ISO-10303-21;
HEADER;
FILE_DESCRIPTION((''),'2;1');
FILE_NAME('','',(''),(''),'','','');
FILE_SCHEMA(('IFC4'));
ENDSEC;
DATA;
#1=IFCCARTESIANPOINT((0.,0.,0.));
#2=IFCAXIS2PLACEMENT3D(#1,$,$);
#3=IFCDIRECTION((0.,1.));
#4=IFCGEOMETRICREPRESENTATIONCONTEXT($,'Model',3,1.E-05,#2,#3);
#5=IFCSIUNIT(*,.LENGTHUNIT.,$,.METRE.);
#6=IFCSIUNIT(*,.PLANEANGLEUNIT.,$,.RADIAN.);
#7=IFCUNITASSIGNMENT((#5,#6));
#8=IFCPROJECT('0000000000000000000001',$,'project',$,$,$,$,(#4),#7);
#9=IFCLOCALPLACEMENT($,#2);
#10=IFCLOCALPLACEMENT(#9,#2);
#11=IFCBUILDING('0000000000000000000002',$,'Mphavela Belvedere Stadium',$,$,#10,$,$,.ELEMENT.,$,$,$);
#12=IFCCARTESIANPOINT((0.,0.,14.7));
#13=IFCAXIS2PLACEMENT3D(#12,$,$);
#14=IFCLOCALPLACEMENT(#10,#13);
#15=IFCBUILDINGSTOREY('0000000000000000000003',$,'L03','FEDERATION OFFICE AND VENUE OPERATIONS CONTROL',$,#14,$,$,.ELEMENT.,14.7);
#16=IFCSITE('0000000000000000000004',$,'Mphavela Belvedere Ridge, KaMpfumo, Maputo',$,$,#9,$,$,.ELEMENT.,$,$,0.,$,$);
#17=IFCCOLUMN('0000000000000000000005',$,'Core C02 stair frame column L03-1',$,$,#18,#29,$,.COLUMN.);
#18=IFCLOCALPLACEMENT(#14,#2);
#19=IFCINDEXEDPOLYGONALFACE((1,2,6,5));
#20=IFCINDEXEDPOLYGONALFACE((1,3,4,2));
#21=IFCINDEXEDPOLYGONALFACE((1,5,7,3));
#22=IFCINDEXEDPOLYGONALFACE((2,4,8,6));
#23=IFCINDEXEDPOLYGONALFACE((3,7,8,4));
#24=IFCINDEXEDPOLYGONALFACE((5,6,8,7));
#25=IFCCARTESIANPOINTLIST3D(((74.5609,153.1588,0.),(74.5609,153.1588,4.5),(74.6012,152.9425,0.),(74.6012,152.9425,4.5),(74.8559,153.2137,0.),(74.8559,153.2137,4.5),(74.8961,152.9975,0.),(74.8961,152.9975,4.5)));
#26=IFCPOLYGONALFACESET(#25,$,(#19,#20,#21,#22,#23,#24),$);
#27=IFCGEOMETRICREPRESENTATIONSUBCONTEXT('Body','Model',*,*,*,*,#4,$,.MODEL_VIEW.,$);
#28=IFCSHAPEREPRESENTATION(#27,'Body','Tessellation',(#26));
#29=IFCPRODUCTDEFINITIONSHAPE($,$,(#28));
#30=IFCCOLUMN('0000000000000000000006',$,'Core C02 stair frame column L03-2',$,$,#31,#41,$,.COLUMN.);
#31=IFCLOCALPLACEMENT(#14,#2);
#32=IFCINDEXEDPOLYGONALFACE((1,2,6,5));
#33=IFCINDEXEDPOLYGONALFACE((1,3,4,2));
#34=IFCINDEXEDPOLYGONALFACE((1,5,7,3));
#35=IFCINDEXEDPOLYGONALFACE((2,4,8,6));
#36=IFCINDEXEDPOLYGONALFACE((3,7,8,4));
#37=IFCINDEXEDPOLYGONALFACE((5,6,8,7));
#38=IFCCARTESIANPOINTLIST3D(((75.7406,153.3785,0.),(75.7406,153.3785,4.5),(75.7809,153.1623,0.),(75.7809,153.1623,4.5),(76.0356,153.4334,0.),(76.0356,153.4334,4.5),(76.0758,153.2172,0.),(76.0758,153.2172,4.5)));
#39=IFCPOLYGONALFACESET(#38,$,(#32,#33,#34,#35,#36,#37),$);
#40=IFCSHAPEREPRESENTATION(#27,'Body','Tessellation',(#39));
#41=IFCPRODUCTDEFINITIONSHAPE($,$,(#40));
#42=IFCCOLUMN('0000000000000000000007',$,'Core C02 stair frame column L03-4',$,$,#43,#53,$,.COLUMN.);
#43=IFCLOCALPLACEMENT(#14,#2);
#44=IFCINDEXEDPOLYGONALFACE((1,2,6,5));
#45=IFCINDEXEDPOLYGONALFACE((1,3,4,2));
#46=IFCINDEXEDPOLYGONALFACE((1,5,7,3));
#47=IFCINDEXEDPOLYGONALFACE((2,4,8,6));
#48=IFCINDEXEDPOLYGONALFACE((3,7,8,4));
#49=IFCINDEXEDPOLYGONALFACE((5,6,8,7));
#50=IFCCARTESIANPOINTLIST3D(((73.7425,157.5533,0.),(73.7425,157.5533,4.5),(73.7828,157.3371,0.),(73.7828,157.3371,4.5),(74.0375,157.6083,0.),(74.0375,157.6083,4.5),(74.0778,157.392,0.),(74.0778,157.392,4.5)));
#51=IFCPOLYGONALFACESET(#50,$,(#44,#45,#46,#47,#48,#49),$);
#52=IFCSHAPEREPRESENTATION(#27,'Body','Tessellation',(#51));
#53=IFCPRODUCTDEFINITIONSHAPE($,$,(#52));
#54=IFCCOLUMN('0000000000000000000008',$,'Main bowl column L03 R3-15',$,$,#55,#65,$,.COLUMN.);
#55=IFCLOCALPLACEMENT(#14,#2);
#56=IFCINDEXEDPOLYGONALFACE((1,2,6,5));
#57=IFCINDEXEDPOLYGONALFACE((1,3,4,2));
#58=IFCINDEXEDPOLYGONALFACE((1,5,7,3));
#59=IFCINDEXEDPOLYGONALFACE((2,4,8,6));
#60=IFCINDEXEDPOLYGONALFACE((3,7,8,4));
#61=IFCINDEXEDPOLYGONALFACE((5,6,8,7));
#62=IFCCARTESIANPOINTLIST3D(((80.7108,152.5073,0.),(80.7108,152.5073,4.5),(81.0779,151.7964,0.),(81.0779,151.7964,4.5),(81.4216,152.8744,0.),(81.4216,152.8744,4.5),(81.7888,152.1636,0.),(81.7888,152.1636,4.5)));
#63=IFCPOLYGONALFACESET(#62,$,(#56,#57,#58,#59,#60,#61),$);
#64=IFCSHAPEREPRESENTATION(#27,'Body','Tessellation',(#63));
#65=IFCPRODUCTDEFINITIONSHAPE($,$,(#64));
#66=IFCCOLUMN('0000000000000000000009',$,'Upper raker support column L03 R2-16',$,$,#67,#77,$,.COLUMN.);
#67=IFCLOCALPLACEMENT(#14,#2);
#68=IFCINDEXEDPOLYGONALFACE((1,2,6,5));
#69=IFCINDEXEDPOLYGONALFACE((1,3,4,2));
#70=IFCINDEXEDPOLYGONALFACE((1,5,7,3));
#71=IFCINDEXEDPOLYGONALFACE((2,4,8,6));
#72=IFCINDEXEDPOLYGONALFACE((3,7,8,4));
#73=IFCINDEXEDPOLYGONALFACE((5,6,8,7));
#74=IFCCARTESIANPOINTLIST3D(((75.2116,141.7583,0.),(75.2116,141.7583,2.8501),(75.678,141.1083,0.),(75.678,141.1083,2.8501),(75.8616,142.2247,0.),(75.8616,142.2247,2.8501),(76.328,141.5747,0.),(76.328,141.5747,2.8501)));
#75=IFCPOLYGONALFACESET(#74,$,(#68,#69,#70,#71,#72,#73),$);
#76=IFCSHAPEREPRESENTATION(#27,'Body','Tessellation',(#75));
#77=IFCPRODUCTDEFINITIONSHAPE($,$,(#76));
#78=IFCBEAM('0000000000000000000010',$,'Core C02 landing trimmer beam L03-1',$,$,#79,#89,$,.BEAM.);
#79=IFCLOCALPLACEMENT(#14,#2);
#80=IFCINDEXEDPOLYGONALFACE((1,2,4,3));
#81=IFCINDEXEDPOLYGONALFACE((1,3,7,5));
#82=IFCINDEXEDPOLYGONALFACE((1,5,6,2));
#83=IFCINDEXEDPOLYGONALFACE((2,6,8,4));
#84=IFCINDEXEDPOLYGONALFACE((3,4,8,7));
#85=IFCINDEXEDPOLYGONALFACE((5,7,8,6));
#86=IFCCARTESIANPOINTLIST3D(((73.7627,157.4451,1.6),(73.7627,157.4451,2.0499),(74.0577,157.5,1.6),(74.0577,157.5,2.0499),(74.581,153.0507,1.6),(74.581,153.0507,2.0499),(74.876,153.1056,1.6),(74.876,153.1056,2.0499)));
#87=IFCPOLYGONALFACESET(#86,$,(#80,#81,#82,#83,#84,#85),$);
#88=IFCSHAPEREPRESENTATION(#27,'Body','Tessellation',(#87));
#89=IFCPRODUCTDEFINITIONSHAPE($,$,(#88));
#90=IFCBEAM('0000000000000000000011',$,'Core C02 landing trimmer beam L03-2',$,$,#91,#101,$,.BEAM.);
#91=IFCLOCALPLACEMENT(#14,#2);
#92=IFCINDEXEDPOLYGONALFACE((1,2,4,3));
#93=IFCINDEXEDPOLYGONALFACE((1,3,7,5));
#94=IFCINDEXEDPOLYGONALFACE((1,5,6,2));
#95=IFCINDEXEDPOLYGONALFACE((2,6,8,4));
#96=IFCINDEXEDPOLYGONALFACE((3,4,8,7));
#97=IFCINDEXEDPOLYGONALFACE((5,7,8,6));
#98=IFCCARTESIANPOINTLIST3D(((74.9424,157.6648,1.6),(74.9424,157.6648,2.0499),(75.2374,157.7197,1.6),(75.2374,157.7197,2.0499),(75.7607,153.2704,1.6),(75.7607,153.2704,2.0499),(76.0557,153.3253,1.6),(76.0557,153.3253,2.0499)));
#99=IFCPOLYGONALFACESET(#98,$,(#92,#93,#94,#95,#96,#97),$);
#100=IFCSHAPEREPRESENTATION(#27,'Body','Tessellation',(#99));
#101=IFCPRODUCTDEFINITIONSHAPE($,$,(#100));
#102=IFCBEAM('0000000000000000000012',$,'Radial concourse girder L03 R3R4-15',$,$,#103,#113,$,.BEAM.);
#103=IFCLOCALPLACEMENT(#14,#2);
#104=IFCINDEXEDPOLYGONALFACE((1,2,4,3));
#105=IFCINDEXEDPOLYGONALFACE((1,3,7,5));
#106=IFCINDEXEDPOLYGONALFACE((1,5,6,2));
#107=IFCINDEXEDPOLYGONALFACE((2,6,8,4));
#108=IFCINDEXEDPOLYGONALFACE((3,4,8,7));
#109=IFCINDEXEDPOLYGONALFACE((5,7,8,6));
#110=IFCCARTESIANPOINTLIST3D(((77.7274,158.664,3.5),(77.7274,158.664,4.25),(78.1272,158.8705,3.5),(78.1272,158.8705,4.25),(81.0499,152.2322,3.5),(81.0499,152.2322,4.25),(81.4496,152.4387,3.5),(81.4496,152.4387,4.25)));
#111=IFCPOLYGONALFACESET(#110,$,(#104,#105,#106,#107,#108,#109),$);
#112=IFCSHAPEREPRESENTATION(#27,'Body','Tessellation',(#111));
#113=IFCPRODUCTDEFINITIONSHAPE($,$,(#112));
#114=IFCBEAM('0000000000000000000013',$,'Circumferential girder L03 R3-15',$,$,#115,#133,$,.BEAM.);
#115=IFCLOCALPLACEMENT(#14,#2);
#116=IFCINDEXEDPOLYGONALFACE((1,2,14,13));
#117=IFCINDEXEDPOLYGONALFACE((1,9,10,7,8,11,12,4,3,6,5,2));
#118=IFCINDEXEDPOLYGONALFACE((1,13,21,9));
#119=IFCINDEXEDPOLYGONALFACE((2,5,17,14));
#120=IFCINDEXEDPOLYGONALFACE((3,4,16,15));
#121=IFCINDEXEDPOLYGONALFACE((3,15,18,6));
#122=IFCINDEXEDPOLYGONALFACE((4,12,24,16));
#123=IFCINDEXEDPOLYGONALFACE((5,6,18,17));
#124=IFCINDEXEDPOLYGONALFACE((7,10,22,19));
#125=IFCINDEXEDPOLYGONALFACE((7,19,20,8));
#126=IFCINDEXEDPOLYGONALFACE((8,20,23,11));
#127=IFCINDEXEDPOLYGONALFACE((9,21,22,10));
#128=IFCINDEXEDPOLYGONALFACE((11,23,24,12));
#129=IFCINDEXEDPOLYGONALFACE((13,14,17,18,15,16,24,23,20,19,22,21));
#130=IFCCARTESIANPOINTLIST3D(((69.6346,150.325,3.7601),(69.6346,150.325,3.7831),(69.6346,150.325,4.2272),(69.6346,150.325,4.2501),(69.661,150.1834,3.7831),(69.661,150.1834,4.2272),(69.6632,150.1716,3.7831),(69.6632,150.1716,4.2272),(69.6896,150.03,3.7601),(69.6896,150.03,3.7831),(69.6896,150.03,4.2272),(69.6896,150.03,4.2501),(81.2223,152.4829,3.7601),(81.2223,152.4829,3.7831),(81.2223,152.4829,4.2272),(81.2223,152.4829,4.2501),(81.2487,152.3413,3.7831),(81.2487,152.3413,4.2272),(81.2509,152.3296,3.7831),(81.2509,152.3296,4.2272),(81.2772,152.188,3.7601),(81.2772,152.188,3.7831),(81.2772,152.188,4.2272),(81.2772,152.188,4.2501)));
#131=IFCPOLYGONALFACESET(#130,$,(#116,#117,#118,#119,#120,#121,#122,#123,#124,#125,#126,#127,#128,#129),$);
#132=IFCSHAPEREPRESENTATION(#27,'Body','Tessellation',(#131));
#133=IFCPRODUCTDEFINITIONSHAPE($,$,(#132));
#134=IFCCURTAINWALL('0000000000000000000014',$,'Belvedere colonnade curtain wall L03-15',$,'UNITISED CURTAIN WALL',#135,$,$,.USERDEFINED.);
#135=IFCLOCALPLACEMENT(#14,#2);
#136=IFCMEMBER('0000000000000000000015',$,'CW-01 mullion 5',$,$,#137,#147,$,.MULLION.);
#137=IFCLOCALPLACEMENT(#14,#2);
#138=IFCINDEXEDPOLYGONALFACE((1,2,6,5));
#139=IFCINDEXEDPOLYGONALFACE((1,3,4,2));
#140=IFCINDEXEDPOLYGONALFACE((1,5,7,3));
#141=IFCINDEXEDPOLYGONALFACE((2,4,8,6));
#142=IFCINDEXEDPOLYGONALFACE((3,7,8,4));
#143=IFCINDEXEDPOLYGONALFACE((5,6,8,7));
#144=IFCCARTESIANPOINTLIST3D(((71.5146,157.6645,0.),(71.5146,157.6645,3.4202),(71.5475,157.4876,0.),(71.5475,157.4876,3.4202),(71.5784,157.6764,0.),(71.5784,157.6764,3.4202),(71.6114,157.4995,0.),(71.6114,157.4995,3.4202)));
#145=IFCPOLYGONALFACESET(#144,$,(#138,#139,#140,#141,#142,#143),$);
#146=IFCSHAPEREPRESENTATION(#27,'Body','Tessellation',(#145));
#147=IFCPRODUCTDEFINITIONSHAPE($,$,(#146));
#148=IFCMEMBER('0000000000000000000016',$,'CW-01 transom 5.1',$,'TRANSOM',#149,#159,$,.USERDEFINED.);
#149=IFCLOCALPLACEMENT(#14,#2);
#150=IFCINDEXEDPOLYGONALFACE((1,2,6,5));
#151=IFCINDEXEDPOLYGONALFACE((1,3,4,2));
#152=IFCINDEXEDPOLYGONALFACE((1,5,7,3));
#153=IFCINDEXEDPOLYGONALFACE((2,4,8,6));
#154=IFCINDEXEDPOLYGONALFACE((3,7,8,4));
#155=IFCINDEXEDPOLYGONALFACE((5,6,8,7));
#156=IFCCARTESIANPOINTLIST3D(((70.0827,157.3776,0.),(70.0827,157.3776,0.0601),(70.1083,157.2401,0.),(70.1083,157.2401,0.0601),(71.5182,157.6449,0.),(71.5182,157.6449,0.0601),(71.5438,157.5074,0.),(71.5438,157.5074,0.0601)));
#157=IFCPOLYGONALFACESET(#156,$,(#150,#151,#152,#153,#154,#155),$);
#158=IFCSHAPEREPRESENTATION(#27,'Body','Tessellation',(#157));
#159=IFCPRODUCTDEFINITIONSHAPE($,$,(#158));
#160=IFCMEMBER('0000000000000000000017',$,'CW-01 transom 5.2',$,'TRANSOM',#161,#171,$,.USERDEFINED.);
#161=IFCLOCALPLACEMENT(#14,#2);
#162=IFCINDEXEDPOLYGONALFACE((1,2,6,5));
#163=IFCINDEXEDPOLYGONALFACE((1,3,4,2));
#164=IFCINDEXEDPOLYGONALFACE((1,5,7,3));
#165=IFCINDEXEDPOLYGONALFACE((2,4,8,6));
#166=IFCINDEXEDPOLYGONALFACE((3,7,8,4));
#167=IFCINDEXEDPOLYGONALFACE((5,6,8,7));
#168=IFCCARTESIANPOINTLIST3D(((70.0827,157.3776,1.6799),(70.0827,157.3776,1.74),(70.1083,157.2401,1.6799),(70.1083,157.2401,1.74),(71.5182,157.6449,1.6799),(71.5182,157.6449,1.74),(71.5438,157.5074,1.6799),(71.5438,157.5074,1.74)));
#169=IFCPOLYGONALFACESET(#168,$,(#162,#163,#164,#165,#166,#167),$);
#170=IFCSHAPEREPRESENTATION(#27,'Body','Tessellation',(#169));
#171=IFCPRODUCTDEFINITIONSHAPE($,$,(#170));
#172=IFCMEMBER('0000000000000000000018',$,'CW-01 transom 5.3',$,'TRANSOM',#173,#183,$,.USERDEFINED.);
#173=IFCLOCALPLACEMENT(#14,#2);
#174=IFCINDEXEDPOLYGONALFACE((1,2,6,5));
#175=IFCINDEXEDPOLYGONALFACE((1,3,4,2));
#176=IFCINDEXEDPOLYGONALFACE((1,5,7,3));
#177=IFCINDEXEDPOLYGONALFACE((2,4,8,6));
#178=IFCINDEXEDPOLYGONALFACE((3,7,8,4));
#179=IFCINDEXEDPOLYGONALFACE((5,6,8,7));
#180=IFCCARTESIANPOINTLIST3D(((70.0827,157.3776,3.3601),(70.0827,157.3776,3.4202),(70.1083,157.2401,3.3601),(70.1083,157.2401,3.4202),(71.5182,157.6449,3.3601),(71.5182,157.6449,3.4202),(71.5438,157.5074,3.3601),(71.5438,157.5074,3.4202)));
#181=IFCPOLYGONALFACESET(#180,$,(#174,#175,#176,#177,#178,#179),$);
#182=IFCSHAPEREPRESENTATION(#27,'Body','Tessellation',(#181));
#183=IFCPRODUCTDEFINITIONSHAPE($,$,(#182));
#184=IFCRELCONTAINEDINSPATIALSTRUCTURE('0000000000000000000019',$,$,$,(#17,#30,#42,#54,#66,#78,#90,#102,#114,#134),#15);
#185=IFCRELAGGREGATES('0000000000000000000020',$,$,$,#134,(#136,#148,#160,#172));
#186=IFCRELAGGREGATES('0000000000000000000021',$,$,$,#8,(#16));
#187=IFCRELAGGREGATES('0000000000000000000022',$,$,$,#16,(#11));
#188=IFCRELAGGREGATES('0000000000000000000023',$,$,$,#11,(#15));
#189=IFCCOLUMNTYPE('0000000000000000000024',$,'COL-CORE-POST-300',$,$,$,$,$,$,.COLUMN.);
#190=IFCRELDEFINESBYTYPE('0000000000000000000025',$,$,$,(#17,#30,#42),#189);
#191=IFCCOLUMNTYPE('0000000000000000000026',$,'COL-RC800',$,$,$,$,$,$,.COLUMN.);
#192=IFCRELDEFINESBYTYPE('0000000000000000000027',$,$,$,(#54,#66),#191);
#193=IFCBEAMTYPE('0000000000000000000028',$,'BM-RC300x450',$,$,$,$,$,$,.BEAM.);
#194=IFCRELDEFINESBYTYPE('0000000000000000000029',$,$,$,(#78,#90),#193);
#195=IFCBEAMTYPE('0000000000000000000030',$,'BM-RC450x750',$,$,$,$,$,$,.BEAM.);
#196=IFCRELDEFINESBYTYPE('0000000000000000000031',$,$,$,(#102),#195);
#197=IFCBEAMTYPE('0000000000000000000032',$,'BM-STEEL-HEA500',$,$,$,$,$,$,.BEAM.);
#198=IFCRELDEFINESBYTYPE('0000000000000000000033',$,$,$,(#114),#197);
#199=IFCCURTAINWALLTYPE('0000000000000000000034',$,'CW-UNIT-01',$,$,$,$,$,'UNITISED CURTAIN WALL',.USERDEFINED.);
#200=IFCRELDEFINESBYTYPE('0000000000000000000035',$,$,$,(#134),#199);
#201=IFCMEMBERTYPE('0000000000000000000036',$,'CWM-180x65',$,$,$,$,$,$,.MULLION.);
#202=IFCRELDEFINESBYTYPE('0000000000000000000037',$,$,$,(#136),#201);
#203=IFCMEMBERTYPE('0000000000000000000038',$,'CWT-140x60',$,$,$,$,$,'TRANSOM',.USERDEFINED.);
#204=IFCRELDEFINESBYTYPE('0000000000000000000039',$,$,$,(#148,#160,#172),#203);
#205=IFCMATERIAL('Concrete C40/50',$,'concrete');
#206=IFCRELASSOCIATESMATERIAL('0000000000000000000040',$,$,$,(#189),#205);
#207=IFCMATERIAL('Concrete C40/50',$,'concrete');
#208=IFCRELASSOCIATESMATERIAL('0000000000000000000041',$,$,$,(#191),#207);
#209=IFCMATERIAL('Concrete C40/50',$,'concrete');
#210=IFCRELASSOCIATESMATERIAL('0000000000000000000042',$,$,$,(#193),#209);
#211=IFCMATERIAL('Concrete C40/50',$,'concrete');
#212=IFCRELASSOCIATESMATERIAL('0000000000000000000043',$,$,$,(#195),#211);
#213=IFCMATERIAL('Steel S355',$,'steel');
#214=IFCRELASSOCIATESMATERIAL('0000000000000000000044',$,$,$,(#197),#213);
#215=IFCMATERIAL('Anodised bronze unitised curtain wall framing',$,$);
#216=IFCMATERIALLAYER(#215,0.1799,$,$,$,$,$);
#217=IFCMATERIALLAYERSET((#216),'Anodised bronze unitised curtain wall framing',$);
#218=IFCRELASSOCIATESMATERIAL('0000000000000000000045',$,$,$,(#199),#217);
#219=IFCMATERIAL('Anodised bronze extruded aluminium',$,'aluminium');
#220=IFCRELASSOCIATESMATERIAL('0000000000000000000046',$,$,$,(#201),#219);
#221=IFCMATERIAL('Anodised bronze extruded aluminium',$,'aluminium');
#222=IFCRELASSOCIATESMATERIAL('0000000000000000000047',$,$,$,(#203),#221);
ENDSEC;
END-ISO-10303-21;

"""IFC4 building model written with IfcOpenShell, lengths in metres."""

from ifc_helpers import new_model, si_unit, direction, frame, origin, origin_2d, place, context, subcontext, project, spatial, rectangle, i_section, extrude, material, layer, layer_set, material_profile, profile_set, type_object, element, aggregate, save


model = new_model("IFC4")

# Units and contexts
model_context = context("Model", 3, precision=1e-05, world=origin(), true_north=direction((0.0, 1.0)))
body_context = subcontext(model_context, "Body", "Model", "MODEL_VIEW")
ifc_project = project(units=[si_unit("LENGTHUNIT", "METRE"), si_unit("PLANEANGLEUNIT", "RADIAN")], contexts=[model_context])

# Site, building, storey
site_placement = place(None, origin())
site = spatial("IfcSite", under=ifc_project, at=site_placement, Name="Mphavela Belvedere Ridge, KaMpfumo, Maputo", CompositionType="ELEMENT", RefElevation=0.0)
building_placement = place(site_placement, origin())
building = spatial("IfcBuilding", under=site, at=building_placement, Name="Mphavela Belvedere Stadium", CompositionType="ELEMENT")
storey_placement = place(building_placement, frame((0.0, 0.0, 14.7)))
storey = spatial("IfcBuildingStorey", under=building, at=storey_placement, Name="L03", Description="FEDERATION OFFICE AND VENUE OPERATIONS CONTROL", CompositionType="ELEMENT", Elevation=14.7)

# Columns
ifc_material_1 = material(Name="Concrete C40/50", Category="concrete")
ifc_material_profile_1 = material_profile(ifc_material_1, rectangle(XDim=0.3, YDim=0.22, at=origin_2d()), Name="RC 300x220")
ifc_profile_set_1 = profile_set([ifc_material_profile_1], Name="Concrete C40/50")
column_type_1 = type_object("IfcColumnType", Name="COL-CORE-POST-300", PredefinedType="COLUMN", material=ifc_profile_set_1)
for number, where, z_axis, x_axis, name in (
    (1, (74.7285, 153.0781, 0.0), (0.0, 0.0, 1.0), (0.983096, 0.183094, 0.0), "Core C02 stair frame column L03-1"),
    (2, (75.9082, 153.2979, 0.0), (0.0, 0.0, 1.0), (0.983096, 0.183094, 0.0), "Core C02 stair frame column L03-2"),
    (3, (73.9102, 157.4727, 0.0), (0.0, 0.0, 1.0), (0.983096, 0.183094, 0.0), "Core C02 stair frame column L03-4"),
):
    element("IfcColumn", number, at=place(storey_placement, frame(where, z_axis=z_axis, x_axis=x_axis)), inside=storey, type_object=column_type_1, Name=name, PredefinedType="COLUMN", context=body_context, shape_type="SweptSolid", body=[
        extrude(rectangle(XDim=0.3, YDim=0.22, at=origin_2d()), origin(), (0.0, 0.0, 1.0), 4.5),
    ])
ifc_material_2 = material(Name="Concrete C40/50", Category="concrete")
ifc_material_profile_2 = material_profile(ifc_material_2, rectangle(XDim=0.8, YDim=0.8, at=origin_2d()), Name="RC 800x800")
ifc_profile_set_2 = profile_set([ifc_material_profile_2], Name="Concrete C40/50")
column_type_2 = type_object("IfcColumnType", Name="COL-RC800", PredefinedType="COLUMN", material=ifc_profile_set_2)
column_1_placement = place(storey_placement, frame((81.2498, 152.3354, 0.0), z_axis=(0.0, 0.0, 1.0), x_axis=(-0.45896, 0.888457, 0.0)))
element("IfcColumn", 4, at=column_1_placement, inside=storey, type_object=column_type_2, Name="Main bowl column L03 R3-15", PredefinedType="COLUMN", context=body_context, shape_type="SweptSolid", body=[
    extrude(rectangle(XDim=0.8, YDim=0.8, at=origin_2d()), origin(), (0.0, 0.0, 1.0), 4.5),
])
column_2_placement = place(storey_placement, frame((75.7698, 141.6665, 0.0), z_axis=(0.0, 0.0, 1.0), x_axis=(-0.582974, 0.812491, 0.0)))
element("IfcColumn", 5, at=column_2_placement, inside=storey, type_object=column_type_2, Name="Upper raker support column L03 R2-16", PredefinedType="COLUMN", context=body_context, shape_type="SweptSolid", body=[
    extrude(rectangle(XDim=0.8, YDim=0.8, at=origin_2d()), origin(), (0.0, 0.0, 1.0), 2.8501),
])

# Beams
ifc_material_3 = material(Name="Concrete C40/50", Category="concrete")
ifc_material_profile_3 = material_profile(ifc_material_3, rectangle(XDim=0.3, YDim=0.45, at=origin_2d()), Name="RC 300x450")
ifc_profile_set_3 = profile_set([ifc_material_profile_3], Name="Concrete C40/50")
beam_type_1 = type_object("IfcBeamType", Name="BM-RC300x450", PredefinedType="BEAM", material=ifc_profile_set_3)
for number, where, z_axis, x_axis, name in (
    (6, (74.7285, 153.0781, 1.825), (-0.183075, 0.983099, 0.0), (-0.983099, -0.183075, 0.0), "Core C02 landing trimmer beam L03-1"),
    (7, (75.9082, 153.2979, 1.825), (-0.183075, 0.983099, 0.0), (-0.983099, -0.183075, 0.0), "Core C02 landing trimmer beam L03-2"),
):
    element("IfcBeam", number, at=place(storey_placement, frame(where, z_axis=z_axis, x_axis=x_axis)), inside=storey, type_object=beam_type_1, Name=name, PredefinedType="BEAM", context=body_context, shape_type="SweptSolid", body=[
        extrude(rectangle(XDim=0.3, YDim=0.45, at=origin_2d()), origin(), (0.0, 0.0, 1.0), 4.47),
    ])
ifc_material_4 = material(Name="Concrete C40/50", Category="concrete")
ifc_material_profile_4 = material_profile(ifc_material_4, rectangle(XDim=0.45, YDim=0.75, at=origin_2d()), Name="RC 450x750")
ifc_profile_set_4 = profile_set([ifc_material_profile_4], Name="Concrete C40/50")
beam_type_2 = type_object("IfcBeamType", Name="BM-RC450x750", PredefinedType="BEAM", material=ifc_profile_set_4)
beam_1_placement = place(storey_placement, frame((81.2498, 152.3354, 3.875), z_axis=(-0.458951, 0.888461, 0.0), x_axis=(-0.888461, -0.458951, 0.0)))
element("IfcBeam", 8, at=beam_1_placement, inside=storey, type_object=beam_type_2, Name="Radial concourse girder L03 R3R4-15", PredefinedType="BEAM", context=body_context, shape_type="SweptSolid", body=[
    extrude(rectangle(XDim=0.45, YDim=0.75, at=origin_2d()), origin(), (0.0, 0.0, 1.0), 7.2393),
])
ifc_material_5 = material(Name="Steel S355", Category="steel")
ifc_material_profile_5 = material_profile(ifc_material_5, i_section(OverallWidth=0.3, OverallDepth=0.49, WebThickness=0.012, FlangeThickness=0.0229, at=origin_2d()), Name="HEA 500")
ifc_profile_set_5 = profile_set([ifc_material_profile_5], Name="Steel S355")
beam_type_3 = type_object("IfcBeamType", Name="BM-STEEL-HEA500", PredefinedType="BEAM", material=ifc_profile_set_5)
beam_2_placement = place(storey_placement, frame((81.2498, 152.3354, 4.0051), z_axis=(-0.983098, -0.183082, 0.0), x_axis=(0.183082, -0.983098, 0.0)))
element("IfcBeam", 9, at=beam_2_placement, inside=storey, type_object=beam_type_3, Name="Circumferential girder L03 R3-15", PredefinedType="BEAM", context=body_context, shape_type="SweptSolid", body=[
    extrude(i_section(OverallWidth=0.3, OverallDepth=0.49, WebThickness=0.012, FlangeThickness=0.0229, at=origin_2d()), origin(), (0.0, 0.0, 1.0), 11.7869),
])

# Curtain wall, members
ifc_material_6 = material(Name="Anodised bronze unitised curtain wall framing")
ifc_layer_1 = layer(ifc_material_6, 0.1799)
ifc_layer_set_1 = layer_set([ifc_layer_1], Name="Anodised bronze unitised curtain wall framing")
curtain_wall_type = type_object("IfcCurtainWallType", Name="CW-UNIT-01", ElementType="UNITISED CURTAIN WALL", PredefinedType="USERDEFINED", material=ifc_layer_set_1)
curtain_wall_placement = place(storey_placement, origin())
curtain_wall = element("IfcCurtainWall", 10, at=curtain_wall_placement, inside=storey, type_object=curtain_wall_type, Name="Belvedere colonnade curtain wall L03-15", ObjectType="UNITISED CURTAIN WALL", PredefinedType="USERDEFINED")
ifc_material_7 = material(Name="Anodised bronze extruded aluminium", Category="aluminium")
ifc_material_profile_6 = material_profile(ifc_material_7, rectangle(XDim=0.1799, YDim=0.0649, at=origin_2d()), Name="CW-MUL 180x65")
ifc_profile_set_6 = profile_set([ifc_material_profile_6], Name="Anodised bronze extruded aluminium")
member_type_1 = type_object("IfcMemberType", Name="CWM-180x65", PredefinedType="MULLION", material=ifc_profile_set_6)
member_1_placement = place(storey_placement, frame((71.563, 157.582, 0.0), z_axis=(0.0, 0.0, 1.0), x_axis=(0.183088, -0.983097, 0.0)))
member_1 = element("IfcMember", 11, at=member_1_placement, type_object=member_type_1, Name="CW-01 mullion 5", PredefinedType="MULLION", context=body_context, shape_type="SweptSolid", body=[
    extrude(rectangle(XDim=0.1799, YDim=0.0649, at=origin_2d()), origin(), (0.0, 0.0, 1.0), 3.4202),
])
ifc_material_8 = material(Name="Anodised bronze extruded aluminium", Category="aluminium")
ifc_material_profile_7 = material_profile(ifc_material_8, rectangle(XDim=0.1399, YDim=0.0601, at=origin_2d()), Name="CW-TRN 140x60")
ifc_profile_set_7 = profile_set([ifc_material_profile_7], Name="Anodised bronze extruded aluminium")
member_type_2 = type_object("IfcMemberType", Name="CWT-140x60", ElementType="TRANSOM", PredefinedType="USERDEFINED", material=ifc_profile_set_7)
member_2_placement = place(storey_placement, frame((71.531, 157.5762, 0.03), z_axis=(-0.983099, -0.183077, 0.0), x_axis=(0.183077, -0.983099, 0.0)))
member_2 = element("IfcMember", 12, at=member_2_placement, type_object=member_type_2, Name="CW-01 transom 5.1", ObjectType="TRANSOM", PredefinedType="USERDEFINED", context=body_context, shape_type="SweptSolid", body=[
    extrude(rectangle(XDim=0.1399, YDim=0.0601, at=origin_2d()), origin(), (0.0, 0.0, 1.0), 1.4602),
])
member_3_placement = place(storey_placement, frame((71.531, 157.5762, 1.71), z_axis=(-0.983099, -0.183077, 0.0), x_axis=(0.183077, -0.983099, 0.0)))
member_3 = element("IfcMember", 13, at=member_3_placement, type_object=member_type_2, Name="CW-01 transom 5.2", ObjectType="TRANSOM", PredefinedType="USERDEFINED", context=body_context, shape_type="SweptSolid", body=[
    extrude(rectangle(XDim=0.1399, YDim=0.0601, at=origin_2d()), origin(), (0.0, 0.0, 1.0), 1.4602),
])
member_4_placement = place(storey_placement, frame((71.531, 157.5762, 3.3901), z_axis=(-0.983099, -0.183077, 0.0), x_axis=(0.183077, -0.983099, 0.0)))
member_4 = element("IfcMember", 14, at=member_4_placement, type_object=member_type_2, Name="CW-01 transom 5.3", ObjectType="TRANSOM", PredefinedType="USERDEFINED", context=body_context, shape_type="SweptSolid", body=[
    extrude(rectangle(XDim=0.1399, YDim=0.0601, at=origin_2d()), origin(), (0.0, 0.0, 1.0), 1.4602),
])
aggregate(curtain_wall, [member_1, member_2, member_3, member_4])

save(model, "model.ifc")
